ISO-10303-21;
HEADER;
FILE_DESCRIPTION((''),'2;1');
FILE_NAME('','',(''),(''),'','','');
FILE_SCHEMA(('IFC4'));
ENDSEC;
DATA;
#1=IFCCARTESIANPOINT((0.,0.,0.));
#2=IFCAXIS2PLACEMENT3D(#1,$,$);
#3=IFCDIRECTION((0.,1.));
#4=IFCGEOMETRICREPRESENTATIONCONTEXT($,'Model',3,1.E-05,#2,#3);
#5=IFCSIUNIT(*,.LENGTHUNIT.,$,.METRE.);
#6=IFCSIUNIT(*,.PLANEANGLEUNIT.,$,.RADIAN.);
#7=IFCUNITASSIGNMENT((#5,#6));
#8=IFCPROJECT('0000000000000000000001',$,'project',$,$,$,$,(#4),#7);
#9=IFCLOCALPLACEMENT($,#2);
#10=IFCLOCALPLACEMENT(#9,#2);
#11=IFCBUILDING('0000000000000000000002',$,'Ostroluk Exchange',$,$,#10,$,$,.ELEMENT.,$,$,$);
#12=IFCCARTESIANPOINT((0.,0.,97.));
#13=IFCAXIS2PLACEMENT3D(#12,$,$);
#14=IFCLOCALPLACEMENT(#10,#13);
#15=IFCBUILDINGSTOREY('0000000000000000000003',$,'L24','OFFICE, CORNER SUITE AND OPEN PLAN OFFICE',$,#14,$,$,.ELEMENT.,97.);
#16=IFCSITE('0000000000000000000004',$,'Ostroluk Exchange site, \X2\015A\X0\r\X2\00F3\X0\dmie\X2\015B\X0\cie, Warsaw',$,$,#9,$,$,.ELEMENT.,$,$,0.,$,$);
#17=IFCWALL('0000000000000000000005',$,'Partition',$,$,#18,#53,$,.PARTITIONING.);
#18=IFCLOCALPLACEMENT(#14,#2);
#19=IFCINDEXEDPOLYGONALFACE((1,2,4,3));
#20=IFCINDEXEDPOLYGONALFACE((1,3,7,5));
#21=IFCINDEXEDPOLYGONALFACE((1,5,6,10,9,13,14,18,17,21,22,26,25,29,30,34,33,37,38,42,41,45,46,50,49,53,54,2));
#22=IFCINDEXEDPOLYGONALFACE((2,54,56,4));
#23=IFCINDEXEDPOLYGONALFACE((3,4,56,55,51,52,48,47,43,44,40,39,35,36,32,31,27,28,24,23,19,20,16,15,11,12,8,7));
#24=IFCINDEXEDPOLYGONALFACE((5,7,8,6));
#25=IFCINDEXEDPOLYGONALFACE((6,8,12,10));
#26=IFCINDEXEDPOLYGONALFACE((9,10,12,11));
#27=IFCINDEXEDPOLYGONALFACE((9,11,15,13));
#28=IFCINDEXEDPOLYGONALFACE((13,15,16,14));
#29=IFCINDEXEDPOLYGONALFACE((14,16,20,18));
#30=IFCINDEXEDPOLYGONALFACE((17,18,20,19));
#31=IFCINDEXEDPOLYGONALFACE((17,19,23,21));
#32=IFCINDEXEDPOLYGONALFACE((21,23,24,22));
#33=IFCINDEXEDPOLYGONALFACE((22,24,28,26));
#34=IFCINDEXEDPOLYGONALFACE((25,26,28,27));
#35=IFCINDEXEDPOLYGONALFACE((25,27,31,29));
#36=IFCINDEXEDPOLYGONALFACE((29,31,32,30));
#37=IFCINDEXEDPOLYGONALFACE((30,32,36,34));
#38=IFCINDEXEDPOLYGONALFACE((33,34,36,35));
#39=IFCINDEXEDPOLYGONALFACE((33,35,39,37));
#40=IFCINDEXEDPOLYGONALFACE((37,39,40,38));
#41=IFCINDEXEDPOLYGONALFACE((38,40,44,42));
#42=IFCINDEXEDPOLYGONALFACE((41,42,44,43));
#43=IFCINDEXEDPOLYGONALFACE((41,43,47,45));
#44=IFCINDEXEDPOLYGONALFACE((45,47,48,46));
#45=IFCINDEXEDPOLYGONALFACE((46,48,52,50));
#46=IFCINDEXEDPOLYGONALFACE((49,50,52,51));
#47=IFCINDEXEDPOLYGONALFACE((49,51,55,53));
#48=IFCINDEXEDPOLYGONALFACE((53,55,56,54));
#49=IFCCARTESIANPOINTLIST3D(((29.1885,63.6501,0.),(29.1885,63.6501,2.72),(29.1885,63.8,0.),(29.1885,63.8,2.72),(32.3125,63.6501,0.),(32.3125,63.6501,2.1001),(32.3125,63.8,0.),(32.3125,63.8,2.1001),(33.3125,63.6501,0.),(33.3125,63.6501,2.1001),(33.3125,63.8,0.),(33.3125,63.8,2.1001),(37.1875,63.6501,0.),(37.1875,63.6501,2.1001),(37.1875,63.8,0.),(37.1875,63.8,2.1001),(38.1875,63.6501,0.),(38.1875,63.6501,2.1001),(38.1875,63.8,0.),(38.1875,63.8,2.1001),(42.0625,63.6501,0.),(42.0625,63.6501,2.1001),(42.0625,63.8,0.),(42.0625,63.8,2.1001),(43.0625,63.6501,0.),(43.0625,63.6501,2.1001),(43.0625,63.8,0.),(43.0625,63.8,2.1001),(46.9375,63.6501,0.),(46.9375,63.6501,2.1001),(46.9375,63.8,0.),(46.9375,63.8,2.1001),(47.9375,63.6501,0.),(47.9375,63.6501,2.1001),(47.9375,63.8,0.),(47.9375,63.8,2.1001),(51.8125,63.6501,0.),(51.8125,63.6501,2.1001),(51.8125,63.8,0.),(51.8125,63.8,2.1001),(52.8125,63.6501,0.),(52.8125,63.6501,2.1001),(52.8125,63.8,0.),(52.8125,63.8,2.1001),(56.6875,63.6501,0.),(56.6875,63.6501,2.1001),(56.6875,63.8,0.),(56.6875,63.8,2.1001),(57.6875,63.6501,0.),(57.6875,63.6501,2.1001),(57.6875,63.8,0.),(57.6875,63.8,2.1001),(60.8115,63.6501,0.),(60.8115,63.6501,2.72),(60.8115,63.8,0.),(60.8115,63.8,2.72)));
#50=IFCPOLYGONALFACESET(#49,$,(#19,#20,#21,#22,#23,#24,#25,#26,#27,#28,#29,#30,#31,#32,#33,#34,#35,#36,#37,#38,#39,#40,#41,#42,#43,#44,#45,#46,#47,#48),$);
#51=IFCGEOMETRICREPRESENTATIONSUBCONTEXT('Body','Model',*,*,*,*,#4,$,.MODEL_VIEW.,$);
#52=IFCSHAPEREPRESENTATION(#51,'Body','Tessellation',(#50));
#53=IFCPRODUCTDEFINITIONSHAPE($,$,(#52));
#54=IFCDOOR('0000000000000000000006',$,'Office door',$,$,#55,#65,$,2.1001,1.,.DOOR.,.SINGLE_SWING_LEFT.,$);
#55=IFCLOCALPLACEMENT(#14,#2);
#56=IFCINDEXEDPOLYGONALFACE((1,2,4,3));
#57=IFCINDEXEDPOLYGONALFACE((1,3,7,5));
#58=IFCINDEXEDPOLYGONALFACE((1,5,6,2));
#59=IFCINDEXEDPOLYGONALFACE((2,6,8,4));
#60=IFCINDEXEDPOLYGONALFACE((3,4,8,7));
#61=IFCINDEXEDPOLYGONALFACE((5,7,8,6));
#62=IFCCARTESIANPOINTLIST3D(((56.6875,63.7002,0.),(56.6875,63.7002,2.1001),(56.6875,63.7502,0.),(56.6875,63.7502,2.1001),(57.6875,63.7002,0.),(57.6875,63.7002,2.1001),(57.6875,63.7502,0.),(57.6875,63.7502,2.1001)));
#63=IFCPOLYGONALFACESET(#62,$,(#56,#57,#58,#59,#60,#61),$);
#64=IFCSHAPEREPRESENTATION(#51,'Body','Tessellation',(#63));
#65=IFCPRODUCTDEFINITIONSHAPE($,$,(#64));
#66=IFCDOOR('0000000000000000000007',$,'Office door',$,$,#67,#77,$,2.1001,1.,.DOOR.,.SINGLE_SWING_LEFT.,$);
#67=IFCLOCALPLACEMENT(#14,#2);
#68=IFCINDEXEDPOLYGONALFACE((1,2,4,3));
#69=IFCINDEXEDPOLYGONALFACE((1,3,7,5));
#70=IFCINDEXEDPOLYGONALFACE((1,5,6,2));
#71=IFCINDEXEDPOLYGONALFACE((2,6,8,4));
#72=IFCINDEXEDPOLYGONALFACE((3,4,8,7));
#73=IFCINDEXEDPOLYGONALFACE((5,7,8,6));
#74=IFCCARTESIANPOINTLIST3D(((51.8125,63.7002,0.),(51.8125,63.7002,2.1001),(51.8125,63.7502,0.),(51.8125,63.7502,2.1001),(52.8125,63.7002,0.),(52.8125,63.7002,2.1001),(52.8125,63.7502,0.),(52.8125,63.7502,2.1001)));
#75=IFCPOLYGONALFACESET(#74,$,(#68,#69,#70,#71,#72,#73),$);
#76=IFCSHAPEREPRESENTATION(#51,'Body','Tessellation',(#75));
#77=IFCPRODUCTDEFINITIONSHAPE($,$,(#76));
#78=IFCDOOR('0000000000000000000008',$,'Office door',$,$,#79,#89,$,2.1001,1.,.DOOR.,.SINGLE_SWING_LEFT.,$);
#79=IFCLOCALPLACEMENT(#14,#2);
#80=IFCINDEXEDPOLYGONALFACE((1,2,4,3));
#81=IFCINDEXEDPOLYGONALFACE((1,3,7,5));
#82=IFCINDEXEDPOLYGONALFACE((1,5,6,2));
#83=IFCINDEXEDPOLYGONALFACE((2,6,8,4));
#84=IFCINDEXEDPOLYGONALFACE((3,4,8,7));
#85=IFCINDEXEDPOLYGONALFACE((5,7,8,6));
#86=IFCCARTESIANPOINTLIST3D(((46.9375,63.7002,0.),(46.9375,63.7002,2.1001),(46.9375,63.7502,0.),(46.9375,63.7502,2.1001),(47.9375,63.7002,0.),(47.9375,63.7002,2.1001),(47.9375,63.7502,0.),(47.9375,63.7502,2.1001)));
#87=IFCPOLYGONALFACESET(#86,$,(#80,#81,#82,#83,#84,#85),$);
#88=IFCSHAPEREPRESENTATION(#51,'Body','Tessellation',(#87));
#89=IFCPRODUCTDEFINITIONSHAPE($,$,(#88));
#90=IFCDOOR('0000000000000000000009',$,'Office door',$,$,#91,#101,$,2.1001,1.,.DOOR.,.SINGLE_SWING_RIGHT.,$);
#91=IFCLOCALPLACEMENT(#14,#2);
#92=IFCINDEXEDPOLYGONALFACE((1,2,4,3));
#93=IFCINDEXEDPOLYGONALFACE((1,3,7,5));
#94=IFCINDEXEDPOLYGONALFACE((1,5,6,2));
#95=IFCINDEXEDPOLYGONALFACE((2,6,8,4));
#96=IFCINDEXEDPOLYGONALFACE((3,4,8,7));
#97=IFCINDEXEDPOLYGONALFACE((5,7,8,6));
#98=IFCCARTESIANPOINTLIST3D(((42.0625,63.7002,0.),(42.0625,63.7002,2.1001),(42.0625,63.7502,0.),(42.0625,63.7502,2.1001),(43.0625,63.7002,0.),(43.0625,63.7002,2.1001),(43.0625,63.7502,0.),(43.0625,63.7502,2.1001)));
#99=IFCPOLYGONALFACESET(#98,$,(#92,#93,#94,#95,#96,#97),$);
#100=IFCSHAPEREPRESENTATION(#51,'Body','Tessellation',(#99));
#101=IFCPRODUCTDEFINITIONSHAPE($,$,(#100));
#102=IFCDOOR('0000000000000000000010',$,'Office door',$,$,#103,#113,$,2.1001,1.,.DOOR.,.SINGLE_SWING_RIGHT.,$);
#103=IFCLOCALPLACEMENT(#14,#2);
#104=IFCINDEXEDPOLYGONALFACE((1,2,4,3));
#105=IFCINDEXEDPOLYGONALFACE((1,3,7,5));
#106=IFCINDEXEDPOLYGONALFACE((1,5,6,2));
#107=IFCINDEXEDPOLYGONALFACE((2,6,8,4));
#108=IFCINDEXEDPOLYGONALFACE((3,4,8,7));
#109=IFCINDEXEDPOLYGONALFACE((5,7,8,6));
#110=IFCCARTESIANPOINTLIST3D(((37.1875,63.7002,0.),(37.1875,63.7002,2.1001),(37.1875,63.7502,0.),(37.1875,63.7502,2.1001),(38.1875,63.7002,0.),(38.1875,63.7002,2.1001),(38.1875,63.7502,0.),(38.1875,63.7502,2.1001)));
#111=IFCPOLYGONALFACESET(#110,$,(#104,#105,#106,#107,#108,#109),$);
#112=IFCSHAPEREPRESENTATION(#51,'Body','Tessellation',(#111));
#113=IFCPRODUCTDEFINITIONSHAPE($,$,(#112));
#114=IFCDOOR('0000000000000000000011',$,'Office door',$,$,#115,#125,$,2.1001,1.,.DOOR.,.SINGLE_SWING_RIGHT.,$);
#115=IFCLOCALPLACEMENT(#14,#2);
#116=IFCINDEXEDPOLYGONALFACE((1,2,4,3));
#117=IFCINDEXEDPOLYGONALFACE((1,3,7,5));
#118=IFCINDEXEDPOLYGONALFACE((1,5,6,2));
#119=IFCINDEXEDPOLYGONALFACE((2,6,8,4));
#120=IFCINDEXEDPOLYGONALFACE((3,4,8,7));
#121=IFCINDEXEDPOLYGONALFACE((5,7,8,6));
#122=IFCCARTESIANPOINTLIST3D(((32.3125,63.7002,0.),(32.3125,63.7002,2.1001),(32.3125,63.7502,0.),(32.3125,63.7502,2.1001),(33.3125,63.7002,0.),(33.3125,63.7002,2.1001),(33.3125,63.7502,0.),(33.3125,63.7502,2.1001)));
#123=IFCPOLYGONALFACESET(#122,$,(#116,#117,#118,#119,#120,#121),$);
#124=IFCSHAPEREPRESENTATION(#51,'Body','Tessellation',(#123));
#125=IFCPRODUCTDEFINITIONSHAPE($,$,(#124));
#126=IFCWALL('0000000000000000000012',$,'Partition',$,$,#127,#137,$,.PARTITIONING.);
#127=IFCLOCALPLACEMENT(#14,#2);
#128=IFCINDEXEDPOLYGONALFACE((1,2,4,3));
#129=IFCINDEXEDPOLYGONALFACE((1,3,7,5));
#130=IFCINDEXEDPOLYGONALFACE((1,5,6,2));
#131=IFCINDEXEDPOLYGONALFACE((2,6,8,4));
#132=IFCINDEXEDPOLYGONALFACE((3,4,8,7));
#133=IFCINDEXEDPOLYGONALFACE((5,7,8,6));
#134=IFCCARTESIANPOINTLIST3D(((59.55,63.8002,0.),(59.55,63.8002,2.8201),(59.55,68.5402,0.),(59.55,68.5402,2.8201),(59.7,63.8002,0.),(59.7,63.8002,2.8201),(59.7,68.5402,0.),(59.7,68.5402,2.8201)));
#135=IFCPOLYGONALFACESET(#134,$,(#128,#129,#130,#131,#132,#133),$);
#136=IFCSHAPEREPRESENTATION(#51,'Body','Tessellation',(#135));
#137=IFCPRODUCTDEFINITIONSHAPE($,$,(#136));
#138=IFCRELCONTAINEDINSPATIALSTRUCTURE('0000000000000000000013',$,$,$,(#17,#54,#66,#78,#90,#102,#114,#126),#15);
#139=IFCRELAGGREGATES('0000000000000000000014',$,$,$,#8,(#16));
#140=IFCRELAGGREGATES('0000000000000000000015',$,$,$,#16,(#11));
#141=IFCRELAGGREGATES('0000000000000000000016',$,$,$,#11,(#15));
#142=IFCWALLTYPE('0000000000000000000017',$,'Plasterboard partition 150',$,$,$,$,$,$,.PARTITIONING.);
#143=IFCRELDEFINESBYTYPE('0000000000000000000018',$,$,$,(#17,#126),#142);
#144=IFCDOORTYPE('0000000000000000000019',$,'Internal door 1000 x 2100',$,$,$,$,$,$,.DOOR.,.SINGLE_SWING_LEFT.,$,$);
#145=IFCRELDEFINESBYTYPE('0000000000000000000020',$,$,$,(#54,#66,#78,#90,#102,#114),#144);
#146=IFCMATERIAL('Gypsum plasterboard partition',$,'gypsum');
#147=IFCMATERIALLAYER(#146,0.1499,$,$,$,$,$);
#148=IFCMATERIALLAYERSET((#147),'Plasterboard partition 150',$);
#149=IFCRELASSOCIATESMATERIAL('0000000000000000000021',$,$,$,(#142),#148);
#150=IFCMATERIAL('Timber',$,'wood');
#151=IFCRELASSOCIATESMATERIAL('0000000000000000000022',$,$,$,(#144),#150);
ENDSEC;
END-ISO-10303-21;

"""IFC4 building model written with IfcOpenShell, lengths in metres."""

from ifc_helpers import new_model, si_unit, direction, frame, frame_2d, origin, place, context, subcontext, project, spatial, rectangle, extrude, material, layer, layer_set, type_object, element, fill, save


model = new_model("IFC4")

# Units and contexts
model_context = context("Model", 3, precision=1e-05, world=origin(), true_north=direction((0.0, 1.0)))
body_context = subcontext(model_context, "Body", "Model", "MODEL_VIEW")
ifc_project = project(units=[si_unit("LENGTHUNIT", "METRE"), si_unit("PLANEANGLEUNIT", "RADIAN")], contexts=[model_context])

# Site, building, storey
site_placement = place(None, origin())
site = spatial("IfcSite", under=ifc_project, at=site_placement, Name="Ostroluk Exchange site, Śródmieście, Warsaw", CompositionType="ELEMENT", RefElevation=0.0)
building_placement = place(site_placement, origin())
building = spatial("IfcBuilding", under=site, at=building_placement, Name="Ostroluk Exchange", CompositionType="ELEMENT")
storey_placement = place(building_placement, frame((0.0, 0.0, 97.0)))
storey = spatial("IfcBuildingStorey", under=building, at=storey_placement, Name="L24", Description="OFFICE, CORNER SUITE AND OPEN PLAN OFFICE", CompositionType="ELEMENT", Elevation=97.0)

# Shared definitions
ifc_material_1 = material(Name="Gypsum plasterboard partition", Category="gypsum")
ifc_layer_1 = layer(ifc_material_1, 0.1499)
ifc_layer_set_1 = layer_set([ifc_layer_1], Name="Plasterboard partition 150")
wall_type_1 = type_object("IfcWallType", Name="Plasterboard partition 150", PredefinedType="PARTITIONING", material=ifc_layer_set_1)
ifc_material_2 = material(Name="Timber", Category="wood")
door_type_1 = type_object("IfcDoorType", Name="Internal door 1000 x 2100", OperationType="SINGLE_SWING_LEFT", PredefinedType="DOOR", material=ifc_material_2)

# Wall, openings, doors
wall_1_placement = place(storey_placement, frame((60.8115, 63.7251, 0.0), z_axis=(0.0, 0.0, 1.0), x_axis=(-1.0, 0.0, 0.0)))
wall_1 = element("IfcWall", 1, at=wall_1_placement, inside=storey, type_object=wall_type_1, Name="Partition", PredefinedType="PARTITIONING", context=body_context, shape_type="SweptSolid", body=[
    extrude(rectangle(XDim=31.623, YDim=0.1499, at=frame_2d((15.8115, 0.0))), origin(), (0.0, 0.0, 1.0), 2.72),
])
opening_1_placement = place(wall_1_placement, frame((3.124, 0.0, 0.0)))
opening_1 = element("IfcOpeningElement", 2, at=opening_1_placement, cuts=wall_1, PredefinedType="OPENING", context=body_context, shape_type="SweptSolid", body=[
    extrude(rectangle(XDim=1.0, YDim=2.1001, at=frame_2d((0.5, 1.05))), frame((0.0, 0.085, 0.0), z_axis=(0.0, -1.0, 0.0), x_axis=(1.0, 0.0, 0.0)), (0.0, 0.0, 1.0), 0.1699),
])
opening_2_placement = place(wall_1_placement, frame((7.999, 0.0, 0.0)))
opening_2 = element("IfcOpeningElement", 3, at=opening_2_placement, cuts=wall_1, PredefinedType="OPENING", context=body_context, shape_type="SweptSolid", body=[
    extrude(rectangle(XDim=1.0, YDim=2.1001, at=frame_2d((0.5, 1.05))), frame((0.0, 0.085, 0.0), z_axis=(0.0, -1.0, 0.0), x_axis=(1.0, 0.0, 0.0)), (0.0, 0.0, 1.0), 0.1699),
])
opening_3_placement = place(wall_1_placement, frame((12.874, 0.0, 0.0)))
opening_3 = element("IfcOpeningElement", 4, at=opening_3_placement, cuts=wall_1, PredefinedType="OPENING", context=body_context, shape_type="SweptSolid", body=[
    extrude(rectangle(XDim=1.0, YDim=2.1001, at=frame_2d((0.5, 1.05))), frame((0.0, 0.085, 0.0), z_axis=(0.0, -1.0, 0.0), x_axis=(1.0, 0.0, 0.0)), (0.0, 0.0, 1.0), 0.1699),
])
opening_4_placement = place(wall_1_placement, frame((17.749, 0.0, 0.0)))
opening_4 = element("IfcOpeningElement", 5, at=opening_4_placement, cuts=wall_1, PredefinedType="OPENING", context=body_context, shape_type="SweptSolid", body=[
    extrude(rectangle(XDim=1.0, YDim=2.1001, at=frame_2d((0.5, 1.05))), frame((0.0, 0.085, 0.0), z_axis=(0.0, -1.0, 0.0), x_axis=(1.0, 0.0, 0.0)), (0.0, 0.0, 1.0), 0.1699),
])
opening_5_placement = place(wall_1_placement, frame((22.624, 0.0, 0.0)))
opening_5 = element("IfcOpeningElement", 6, at=opening_5_placement, cuts=wall_1, PredefinedType="OPENING", context=body_context, shape_type="SweptSolid", body=[
    extrude(rectangle(XDim=1.0, YDim=2.1001, at=frame_2d((0.5, 1.05))), frame((0.0, 0.085, 0.0), z_axis=(0.0, -1.0, 0.0), x_axis=(1.0, 0.0, 0.0)), (0.0, 0.0, 1.0), 0.1699),
])
opening_6_placement = place(wall_1_placement, frame((27.499, 0.0, 0.0)))
opening_6 = element("IfcOpeningElement", 7, at=opening_6_placement, cuts=wall_1, PredefinedType="OPENING", context=body_context, shape_type="SweptSolid", body=[
    extrude(rectangle(XDim=1.0, YDim=2.1001, at=frame_2d((0.5, 1.05))), frame((0.0, 0.085, 0.0), z_axis=(0.0, -1.0, 0.0), x_axis=(1.0, 0.0, 0.0)), (0.0, 0.0, 1.0), 0.1699),
])
door_1_placement = place(opening_1_placement, origin())
door_1 = element("IfcDoor", 8, at=door_1_placement, inside=storey, type_object=door_type_1, Name="Office door", OperationType="SINGLE_SWING_LEFT", OverallHeight=2.1001, OverallWidth=1.0, PredefinedType="DOOR", context=body_context, shape_type="SweptSolid", body=[
    extrude(rectangle(XDim=1.0, YDim=2.1001, at=frame_2d((0.5, 1.05))), frame((0.0, 0.0249, 0.0), z_axis=(0.0, -1.0, 0.0), x_axis=(1.0, 0.0, 0.0)), (0.0, 0.0, 1.0), 0.05),
])
fill(opening_1, door_1)
door_2_placement = place(opening_2_placement, origin())
door_2 = element("IfcDoor", 9, at=door_2_placement, inside=storey, type_object=door_type_1, Name="Office door", OperationType="SINGLE_SWING_LEFT", OverallHeight=2.1001, OverallWidth=1.0, PredefinedType="DOOR", context=body_context, shape_type="SweptSolid", body=[
    extrude(rectangle(XDim=1.0, YDim=2.1001, at=frame_2d((0.5, 1.05))), frame((0.0, 0.0249, 0.0), z_axis=(0.0, -1.0, 0.0), x_axis=(1.0, 0.0, 0.0)), (0.0, 0.0, 1.0), 0.05),
])
fill(opening_2, door_2)
door_3_placement = place(opening_3_placement, origin())
door_3 = element("IfcDoor", 10, at=door_3_placement, inside=storey, type_object=door_type_1, Name="Office door", OperationType="SINGLE_SWING_LEFT", OverallHeight=2.1001, OverallWidth=1.0, PredefinedType="DOOR", context=body_context, shape_type="SweptSolid", body=[
    extrude(rectangle(XDim=1.0, YDim=2.1001, at=frame_2d((0.5, 1.05))), frame((0.0, 0.0249, 0.0), z_axis=(0.0, -1.0, 0.0), x_axis=(1.0, 0.0, 0.0)), (0.0, 0.0, 1.0), 0.05),
])
fill(opening_3, door_3)
door_4_placement = place(opening_4_placement, origin())
door_4 = element("IfcDoor", 11, at=door_4_placement, inside=storey, type_object=door_type_1, Name="Office door", OperationType="SINGLE_SWING_RIGHT", OverallHeight=2.1001, OverallWidth=1.0, PredefinedType="DOOR", context=body_context, shape_type="SweptSolid", body=[
    extrude(rectangle(XDim=1.0, YDim=2.1001, at=frame_2d((0.5, 1.05))), frame((0.0, 0.0249, 0.0), z_axis=(0.0, -1.0, 0.0), x_axis=(1.0, 0.0, 0.0)), (0.0, 0.0, 1.0), 0.05),
])
fill(opening_4, door_4)
door_5_placement = place(opening_5_placement, origin())
door_5 = element("IfcDoor", 12, at=door_5_placement, inside=storey, type_object=door_type_1, Name="Office door", OperationType="SINGLE_SWING_RIGHT", OverallHeight=2.1001, OverallWidth=1.0, PredefinedType="DOOR", context=body_context, shape_type="SweptSolid", body=[
    extrude(rectangle(XDim=1.0, YDim=2.1001, at=frame_2d((0.5, 1.05))), frame((0.0, 0.0249, 0.0), z_axis=(0.0, -1.0, 0.0), x_axis=(1.0, 0.0, 0.0)), (0.0, 0.0, 1.0), 0.05),
])
fill(opening_5, door_5)
door_6_placement = place(opening_6_placement, origin())
door_6 = element("IfcDoor", 13, at=door_6_placement, inside=storey, type_object=door_type_1, Name="Office door", OperationType="SINGLE_SWING_RIGHT", OverallHeight=2.1001, OverallWidth=1.0, PredefinedType="DOOR", context=body_context, shape_type="SweptSolid", body=[
    extrude(rectangle(XDim=1.0, YDim=2.1001, at=frame_2d((0.5, 1.05))), frame((0.0, 0.0249, 0.0), z_axis=(0.0, -1.0, 0.0), x_axis=(1.0, 0.0, 0.0)), (0.0, 0.0, 1.0), 0.05),
])
fill(opening_6, door_6)

# Wall
wall_2_placement = place(storey_placement, frame((59.625, 63.8, 0.0), z_axis=(0.0, 0.0, 1.0), x_axis=(0.0, 1.0, 0.0)))
element("IfcWall", 14, at=wall_2_placement, inside=storey, type_object=wall_type_1, Name="Partition", PredefinedType="PARTITIONING", context=body_context, shape_type="SweptSolid", body=[
    extrude(rectangle(XDim=4.74, YDim=0.1499, at=frame_2d((2.3701, 0.0))), origin(), (0.0, 0.0, 1.0), 2.8201),
])

save(model, "model.ifc")
